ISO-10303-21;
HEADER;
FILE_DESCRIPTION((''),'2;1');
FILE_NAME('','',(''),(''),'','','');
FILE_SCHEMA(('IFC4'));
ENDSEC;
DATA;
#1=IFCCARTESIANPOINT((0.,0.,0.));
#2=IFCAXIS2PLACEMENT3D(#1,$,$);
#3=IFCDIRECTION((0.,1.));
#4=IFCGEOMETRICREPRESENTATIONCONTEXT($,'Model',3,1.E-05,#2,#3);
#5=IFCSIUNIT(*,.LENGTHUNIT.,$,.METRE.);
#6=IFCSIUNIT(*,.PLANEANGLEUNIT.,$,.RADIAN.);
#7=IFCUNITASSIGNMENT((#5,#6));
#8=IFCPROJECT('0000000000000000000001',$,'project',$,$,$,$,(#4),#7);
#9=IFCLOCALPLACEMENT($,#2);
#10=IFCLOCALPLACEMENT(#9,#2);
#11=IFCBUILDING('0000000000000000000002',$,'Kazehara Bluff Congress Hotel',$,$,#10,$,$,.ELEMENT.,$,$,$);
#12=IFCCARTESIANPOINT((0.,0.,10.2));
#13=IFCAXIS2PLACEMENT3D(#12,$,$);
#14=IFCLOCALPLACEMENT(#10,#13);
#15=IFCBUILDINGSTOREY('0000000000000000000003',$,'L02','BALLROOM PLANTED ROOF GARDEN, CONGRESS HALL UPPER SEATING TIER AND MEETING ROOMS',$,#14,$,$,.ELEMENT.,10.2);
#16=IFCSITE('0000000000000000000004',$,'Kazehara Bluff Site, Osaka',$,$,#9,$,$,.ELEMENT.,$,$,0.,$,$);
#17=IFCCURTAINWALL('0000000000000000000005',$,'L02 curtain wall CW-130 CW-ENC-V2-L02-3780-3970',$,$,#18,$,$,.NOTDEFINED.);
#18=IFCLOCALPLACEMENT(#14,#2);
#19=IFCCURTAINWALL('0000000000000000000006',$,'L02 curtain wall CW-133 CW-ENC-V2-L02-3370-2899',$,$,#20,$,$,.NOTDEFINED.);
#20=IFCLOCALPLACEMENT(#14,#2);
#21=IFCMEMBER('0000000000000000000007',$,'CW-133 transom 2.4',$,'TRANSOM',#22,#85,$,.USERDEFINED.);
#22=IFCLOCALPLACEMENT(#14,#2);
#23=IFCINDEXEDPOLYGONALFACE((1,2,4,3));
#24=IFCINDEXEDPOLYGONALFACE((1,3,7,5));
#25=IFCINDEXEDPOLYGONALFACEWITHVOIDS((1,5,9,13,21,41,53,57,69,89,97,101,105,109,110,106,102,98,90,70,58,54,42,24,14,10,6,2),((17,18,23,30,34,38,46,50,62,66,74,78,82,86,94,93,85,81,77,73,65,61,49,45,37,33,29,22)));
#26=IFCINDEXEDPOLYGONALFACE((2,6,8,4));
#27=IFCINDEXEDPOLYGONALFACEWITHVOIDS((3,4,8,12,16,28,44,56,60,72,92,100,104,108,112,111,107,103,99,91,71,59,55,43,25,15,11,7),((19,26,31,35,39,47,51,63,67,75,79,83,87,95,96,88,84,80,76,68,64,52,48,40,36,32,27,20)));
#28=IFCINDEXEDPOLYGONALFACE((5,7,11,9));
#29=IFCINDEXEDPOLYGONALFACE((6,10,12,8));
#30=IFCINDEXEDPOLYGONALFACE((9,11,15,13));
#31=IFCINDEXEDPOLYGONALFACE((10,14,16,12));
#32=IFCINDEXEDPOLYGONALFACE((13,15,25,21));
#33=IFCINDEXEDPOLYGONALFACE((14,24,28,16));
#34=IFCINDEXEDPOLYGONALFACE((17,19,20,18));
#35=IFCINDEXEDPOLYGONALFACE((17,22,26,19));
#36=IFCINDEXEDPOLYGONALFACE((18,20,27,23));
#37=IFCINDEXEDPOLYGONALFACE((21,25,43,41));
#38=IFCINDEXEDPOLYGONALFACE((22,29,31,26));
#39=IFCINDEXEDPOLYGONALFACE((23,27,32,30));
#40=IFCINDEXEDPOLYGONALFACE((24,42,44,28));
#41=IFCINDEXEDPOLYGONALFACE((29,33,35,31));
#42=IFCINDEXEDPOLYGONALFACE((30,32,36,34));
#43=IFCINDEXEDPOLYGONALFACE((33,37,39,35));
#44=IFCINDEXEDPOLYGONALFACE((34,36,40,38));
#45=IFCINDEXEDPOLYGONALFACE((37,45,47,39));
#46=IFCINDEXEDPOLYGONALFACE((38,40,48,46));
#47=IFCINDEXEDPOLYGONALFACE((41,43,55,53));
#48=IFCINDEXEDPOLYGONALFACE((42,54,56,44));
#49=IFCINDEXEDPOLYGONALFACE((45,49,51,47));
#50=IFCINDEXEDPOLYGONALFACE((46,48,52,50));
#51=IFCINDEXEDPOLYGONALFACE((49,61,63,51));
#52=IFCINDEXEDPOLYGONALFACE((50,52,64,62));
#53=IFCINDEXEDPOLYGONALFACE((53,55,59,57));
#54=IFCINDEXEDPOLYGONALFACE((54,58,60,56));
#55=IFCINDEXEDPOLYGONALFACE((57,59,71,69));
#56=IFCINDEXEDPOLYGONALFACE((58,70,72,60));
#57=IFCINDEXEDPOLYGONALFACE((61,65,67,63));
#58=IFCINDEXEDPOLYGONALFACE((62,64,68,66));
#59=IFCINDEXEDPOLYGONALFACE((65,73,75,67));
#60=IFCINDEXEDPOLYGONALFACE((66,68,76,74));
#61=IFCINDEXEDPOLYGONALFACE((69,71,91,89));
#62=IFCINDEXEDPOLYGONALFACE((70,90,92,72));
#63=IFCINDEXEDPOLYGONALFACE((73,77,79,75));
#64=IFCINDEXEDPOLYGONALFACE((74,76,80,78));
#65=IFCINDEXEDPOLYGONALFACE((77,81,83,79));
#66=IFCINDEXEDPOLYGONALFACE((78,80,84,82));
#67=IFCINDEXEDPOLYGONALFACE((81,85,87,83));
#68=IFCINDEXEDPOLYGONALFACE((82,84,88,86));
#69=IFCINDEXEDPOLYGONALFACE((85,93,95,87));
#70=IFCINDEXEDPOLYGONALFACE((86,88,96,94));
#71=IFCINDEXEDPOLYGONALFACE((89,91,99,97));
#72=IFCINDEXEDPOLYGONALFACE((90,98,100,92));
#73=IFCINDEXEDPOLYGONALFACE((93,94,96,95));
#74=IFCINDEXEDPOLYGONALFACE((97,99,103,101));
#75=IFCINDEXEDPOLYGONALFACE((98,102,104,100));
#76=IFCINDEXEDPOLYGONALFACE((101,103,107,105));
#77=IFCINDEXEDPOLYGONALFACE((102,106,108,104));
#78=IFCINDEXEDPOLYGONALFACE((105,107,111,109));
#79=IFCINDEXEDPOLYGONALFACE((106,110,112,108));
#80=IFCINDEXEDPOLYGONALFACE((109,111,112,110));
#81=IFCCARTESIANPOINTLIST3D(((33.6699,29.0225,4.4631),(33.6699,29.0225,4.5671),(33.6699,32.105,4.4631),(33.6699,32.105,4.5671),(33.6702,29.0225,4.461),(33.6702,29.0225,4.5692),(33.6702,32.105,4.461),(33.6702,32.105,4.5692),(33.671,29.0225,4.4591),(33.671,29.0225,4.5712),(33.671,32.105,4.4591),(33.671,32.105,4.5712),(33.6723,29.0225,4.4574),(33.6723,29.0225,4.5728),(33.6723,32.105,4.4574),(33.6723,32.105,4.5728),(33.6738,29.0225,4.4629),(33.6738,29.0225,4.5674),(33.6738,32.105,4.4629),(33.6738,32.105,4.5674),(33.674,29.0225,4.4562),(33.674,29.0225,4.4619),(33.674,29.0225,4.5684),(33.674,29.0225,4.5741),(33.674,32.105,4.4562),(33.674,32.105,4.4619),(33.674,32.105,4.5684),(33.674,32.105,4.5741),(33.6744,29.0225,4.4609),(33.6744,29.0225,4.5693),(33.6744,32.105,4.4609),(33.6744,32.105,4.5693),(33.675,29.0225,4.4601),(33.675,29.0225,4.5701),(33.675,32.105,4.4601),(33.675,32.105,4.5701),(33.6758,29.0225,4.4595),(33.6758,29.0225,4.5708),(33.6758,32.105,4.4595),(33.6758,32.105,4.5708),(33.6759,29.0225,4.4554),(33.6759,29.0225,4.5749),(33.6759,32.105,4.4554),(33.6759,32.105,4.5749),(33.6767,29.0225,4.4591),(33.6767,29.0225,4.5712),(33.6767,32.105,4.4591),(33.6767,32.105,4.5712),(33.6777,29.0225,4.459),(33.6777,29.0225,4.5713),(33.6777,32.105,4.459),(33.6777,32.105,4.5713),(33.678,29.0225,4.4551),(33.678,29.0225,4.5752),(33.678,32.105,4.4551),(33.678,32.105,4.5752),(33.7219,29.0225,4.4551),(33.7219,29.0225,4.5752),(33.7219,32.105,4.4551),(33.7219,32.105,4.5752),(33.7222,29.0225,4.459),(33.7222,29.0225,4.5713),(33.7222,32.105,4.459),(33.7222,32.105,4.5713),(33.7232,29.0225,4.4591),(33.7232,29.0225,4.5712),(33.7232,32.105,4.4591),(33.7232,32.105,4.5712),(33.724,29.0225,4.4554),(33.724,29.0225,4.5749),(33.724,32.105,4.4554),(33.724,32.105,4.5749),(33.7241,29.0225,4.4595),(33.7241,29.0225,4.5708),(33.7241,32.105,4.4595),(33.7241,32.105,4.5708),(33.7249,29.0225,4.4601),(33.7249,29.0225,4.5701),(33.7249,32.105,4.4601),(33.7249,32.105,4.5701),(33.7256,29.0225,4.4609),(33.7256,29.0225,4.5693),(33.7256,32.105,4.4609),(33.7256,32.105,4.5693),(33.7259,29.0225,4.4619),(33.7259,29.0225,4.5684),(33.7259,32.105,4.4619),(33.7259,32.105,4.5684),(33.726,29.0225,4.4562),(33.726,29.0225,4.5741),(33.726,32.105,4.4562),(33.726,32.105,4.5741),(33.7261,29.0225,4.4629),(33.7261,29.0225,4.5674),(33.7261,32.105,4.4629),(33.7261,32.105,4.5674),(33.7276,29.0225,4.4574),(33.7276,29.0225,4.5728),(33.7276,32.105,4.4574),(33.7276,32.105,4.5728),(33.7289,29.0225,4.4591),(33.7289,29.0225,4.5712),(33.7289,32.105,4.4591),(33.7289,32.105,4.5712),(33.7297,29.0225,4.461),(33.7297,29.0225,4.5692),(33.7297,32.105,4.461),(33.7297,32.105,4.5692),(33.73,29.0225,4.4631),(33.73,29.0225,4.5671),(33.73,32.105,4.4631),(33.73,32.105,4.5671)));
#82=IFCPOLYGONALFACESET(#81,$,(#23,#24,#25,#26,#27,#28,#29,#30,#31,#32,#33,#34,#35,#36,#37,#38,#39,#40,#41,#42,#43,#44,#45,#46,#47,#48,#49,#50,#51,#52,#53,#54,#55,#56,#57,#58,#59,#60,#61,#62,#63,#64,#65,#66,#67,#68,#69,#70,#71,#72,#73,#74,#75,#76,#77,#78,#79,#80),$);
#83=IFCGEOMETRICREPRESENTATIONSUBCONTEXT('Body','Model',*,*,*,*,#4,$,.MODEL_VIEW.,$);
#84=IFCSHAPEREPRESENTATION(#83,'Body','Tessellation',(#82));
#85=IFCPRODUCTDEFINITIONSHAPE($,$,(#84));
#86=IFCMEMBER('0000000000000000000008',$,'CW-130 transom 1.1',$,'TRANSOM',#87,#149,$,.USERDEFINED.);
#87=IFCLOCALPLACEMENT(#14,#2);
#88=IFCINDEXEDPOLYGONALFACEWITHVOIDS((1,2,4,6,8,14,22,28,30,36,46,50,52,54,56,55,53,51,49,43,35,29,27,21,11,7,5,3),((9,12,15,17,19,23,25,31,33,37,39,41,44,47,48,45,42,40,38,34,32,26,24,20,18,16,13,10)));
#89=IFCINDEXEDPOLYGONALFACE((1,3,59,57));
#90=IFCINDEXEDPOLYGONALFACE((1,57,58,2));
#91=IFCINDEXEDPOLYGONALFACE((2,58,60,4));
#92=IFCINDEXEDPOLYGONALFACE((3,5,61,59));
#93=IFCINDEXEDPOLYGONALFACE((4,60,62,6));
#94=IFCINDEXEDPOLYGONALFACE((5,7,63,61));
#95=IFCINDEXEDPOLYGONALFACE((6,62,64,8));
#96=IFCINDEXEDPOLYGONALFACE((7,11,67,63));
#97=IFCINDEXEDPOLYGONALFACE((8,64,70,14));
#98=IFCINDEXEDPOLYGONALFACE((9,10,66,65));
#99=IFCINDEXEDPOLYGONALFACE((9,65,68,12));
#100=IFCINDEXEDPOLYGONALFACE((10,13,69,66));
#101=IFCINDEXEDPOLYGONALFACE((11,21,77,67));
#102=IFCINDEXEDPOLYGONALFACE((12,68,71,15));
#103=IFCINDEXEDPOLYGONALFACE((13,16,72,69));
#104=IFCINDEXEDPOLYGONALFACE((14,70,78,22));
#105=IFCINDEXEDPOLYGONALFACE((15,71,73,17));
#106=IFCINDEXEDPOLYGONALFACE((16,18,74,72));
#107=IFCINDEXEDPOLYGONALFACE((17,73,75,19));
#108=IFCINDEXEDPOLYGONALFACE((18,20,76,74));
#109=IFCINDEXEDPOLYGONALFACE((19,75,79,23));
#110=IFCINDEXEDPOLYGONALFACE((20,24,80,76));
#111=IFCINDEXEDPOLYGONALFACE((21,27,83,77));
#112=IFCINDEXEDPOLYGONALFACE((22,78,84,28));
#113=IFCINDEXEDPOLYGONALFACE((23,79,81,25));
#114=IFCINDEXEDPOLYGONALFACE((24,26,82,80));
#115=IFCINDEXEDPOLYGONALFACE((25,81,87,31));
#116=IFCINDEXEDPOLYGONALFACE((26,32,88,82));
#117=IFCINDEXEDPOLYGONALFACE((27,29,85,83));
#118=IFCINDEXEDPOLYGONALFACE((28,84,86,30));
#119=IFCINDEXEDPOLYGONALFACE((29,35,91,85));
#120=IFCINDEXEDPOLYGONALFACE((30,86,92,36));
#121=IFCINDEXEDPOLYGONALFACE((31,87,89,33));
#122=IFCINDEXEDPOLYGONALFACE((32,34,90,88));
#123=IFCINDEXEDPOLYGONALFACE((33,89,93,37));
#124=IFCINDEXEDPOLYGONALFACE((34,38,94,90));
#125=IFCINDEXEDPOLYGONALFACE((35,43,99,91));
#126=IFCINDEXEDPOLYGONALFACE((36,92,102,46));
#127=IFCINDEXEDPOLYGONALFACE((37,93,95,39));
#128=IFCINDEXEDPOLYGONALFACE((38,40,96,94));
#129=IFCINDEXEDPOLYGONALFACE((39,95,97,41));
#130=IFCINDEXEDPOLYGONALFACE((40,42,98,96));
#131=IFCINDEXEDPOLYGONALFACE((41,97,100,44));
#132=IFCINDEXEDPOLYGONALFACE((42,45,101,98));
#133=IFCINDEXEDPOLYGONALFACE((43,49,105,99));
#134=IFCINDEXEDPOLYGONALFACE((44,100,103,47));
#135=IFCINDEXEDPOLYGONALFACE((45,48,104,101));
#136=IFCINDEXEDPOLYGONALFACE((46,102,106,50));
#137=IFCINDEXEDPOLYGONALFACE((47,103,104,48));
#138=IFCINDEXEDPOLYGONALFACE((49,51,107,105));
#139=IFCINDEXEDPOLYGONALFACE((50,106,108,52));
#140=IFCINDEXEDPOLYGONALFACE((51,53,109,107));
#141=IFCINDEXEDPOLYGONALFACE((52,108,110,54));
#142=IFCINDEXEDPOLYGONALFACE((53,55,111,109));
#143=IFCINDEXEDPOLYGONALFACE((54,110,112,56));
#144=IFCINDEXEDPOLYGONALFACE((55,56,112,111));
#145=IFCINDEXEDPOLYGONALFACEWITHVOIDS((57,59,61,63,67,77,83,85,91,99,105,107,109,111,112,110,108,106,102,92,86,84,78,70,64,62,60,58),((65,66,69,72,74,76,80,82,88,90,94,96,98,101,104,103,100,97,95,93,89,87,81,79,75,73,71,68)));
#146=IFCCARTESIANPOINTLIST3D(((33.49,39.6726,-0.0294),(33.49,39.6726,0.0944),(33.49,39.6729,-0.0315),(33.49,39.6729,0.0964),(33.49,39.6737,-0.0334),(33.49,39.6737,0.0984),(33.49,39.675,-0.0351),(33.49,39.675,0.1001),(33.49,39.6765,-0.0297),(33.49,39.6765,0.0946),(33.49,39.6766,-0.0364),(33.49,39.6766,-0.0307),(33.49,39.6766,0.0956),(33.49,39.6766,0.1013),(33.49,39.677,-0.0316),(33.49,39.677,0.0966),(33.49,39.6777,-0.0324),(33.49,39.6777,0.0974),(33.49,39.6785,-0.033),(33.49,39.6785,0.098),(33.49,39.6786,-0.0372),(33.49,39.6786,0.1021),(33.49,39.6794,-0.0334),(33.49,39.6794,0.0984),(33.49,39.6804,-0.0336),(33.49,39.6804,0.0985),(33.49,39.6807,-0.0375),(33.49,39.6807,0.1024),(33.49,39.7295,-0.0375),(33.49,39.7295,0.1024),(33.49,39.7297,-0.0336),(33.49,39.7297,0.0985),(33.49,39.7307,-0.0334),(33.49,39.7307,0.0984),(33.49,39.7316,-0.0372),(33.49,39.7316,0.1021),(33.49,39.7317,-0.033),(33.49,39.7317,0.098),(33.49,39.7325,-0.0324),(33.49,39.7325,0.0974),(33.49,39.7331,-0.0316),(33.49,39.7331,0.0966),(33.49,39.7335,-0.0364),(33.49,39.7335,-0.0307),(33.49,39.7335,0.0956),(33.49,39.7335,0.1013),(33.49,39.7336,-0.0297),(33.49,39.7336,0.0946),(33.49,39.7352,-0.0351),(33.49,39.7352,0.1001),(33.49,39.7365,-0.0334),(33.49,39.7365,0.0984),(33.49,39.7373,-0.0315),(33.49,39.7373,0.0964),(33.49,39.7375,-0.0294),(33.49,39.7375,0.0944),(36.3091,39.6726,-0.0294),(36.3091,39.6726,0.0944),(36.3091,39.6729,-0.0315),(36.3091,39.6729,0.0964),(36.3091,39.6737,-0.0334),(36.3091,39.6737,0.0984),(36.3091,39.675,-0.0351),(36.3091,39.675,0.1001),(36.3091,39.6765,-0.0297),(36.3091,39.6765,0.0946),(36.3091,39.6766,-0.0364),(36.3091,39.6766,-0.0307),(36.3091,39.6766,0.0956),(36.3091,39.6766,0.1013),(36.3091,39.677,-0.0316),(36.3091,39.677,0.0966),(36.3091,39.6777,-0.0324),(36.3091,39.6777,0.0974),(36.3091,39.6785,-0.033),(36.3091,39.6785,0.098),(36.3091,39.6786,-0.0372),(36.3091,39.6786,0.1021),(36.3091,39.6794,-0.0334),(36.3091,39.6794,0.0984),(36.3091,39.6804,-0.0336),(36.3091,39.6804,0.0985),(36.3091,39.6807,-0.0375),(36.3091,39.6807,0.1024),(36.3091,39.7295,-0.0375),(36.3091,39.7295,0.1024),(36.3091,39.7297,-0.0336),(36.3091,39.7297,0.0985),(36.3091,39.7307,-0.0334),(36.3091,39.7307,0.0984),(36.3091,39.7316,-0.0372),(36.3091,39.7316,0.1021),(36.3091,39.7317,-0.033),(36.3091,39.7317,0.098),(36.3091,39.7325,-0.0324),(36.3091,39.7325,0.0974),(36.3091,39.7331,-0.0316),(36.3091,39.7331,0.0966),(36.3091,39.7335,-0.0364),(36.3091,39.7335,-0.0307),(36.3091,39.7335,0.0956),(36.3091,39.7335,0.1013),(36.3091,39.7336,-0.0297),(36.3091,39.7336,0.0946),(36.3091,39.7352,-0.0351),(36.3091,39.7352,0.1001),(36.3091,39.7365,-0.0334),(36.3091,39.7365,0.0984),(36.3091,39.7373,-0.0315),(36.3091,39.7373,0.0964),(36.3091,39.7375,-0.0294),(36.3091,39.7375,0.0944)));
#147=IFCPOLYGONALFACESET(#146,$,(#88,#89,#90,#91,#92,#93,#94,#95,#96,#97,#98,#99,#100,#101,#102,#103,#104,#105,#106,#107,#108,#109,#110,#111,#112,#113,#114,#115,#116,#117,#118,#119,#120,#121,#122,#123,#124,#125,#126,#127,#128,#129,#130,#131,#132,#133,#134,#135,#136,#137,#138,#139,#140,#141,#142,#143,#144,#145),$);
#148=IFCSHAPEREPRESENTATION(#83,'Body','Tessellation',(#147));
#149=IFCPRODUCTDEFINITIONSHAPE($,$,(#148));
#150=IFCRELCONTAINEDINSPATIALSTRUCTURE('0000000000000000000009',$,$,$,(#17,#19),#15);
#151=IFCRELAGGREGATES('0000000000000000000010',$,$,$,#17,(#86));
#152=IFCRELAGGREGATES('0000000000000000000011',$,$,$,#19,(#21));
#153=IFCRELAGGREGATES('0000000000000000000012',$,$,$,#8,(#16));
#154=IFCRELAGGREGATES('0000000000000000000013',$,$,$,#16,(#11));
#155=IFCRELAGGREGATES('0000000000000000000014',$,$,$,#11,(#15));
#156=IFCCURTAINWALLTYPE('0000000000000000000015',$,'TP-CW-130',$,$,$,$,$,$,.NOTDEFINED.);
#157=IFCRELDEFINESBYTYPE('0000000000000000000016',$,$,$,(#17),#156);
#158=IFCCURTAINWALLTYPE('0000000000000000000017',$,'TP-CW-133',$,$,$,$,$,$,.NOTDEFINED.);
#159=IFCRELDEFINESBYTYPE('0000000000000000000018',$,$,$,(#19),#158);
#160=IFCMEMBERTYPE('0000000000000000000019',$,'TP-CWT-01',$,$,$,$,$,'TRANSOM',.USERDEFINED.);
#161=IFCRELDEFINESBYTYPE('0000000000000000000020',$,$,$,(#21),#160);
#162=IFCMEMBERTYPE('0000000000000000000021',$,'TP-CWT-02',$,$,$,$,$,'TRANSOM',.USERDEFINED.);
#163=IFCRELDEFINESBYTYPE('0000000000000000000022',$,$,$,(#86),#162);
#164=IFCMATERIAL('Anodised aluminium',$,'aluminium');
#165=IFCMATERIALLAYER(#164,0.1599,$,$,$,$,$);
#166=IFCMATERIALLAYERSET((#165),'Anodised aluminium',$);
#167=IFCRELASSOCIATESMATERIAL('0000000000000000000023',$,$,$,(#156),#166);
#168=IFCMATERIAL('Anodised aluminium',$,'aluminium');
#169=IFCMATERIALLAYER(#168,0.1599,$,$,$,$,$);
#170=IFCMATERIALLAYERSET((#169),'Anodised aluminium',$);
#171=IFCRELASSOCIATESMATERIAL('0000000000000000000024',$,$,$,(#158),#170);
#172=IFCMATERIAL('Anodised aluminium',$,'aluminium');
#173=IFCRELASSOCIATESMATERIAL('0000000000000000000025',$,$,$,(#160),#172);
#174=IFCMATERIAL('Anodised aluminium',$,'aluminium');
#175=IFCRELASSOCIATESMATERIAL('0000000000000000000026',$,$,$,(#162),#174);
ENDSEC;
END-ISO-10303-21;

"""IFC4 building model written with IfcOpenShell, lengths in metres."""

from ifc_helpers import new_model, si_unit, direction, frame, origin, origin_2d, place, context, subcontext, project, spatial, hollow_rectangle, extrude, material, layer, layer_set, material_profile, profile_set, type_object, element, aggregate, save


model = new_model("IFC4")

# Units and contexts
model_context = context("Model", 3, precision=1e-05, world=origin(), true_north=direction((0.0, 1.0)))
body_context = subcontext(model_context, "Body", "Model", "MODEL_VIEW")
ifc_project = project(units=[si_unit("LENGTHUNIT", "METRE"), si_unit("PLANEANGLEUNIT", "RADIAN")], contexts=[model_context])

# Site, building, storey
site_placement = place(None, origin())
site = spatial("IfcSite", under=ifc_project, at=site_placement, Name="Kazehara Bluff Site, Osaka", CompositionType="ELEMENT", RefElevation=0.0)
building_placement = place(site_placement, origin())
building = spatial("IfcBuilding", under=site, at=building_placement, Name="Kazehara Bluff Congress Hotel", CompositionType="ELEMENT")
storey_placement = place(building_placement, frame((0.0, 0.0, 10.2)))
storey = spatial("IfcBuildingStorey", under=building, at=storey_placement, Name="L02", Description="BALLROOM PLANTED ROOF GARDEN, CONGRESS HALL UPPER SEATING TIER AND MEETING ROOMS", CompositionType="ELEMENT", Elevation=10.2)

# Curtain wall
ifc_material_1 = material(Name="Anodised aluminium", Category="aluminium")
ifc_layer_1 = layer(ifc_material_1, 0.1599)
ifc_layer_set_1 = layer_set([ifc_layer_1], Name="Anodised aluminium")
curtain_wall_type_1 = type_object("IfcCurtainWallType", Name="TP-CW-130", PredefinedType="NOTDEFINED", material=ifc_layer_set_1)
curtain_wall_1_placement = place(storey_placement, origin())
curtain_wall_1 = element("IfcCurtainWall", 1, at=curtain_wall_1_placement, inside=storey, type_object=curtain_wall_type_1, Name="L02 curtain wall CW-130 CW-ENC-V2-L02-3780-3970", PredefinedType="NOTDEFINED")

# Curtain wall, member
ifc_material_2 = material(Name="Anodised aluminium", Category="aluminium")
ifc_layer_2 = layer(ifc_material_2, 0.1599)
ifc_layer_set_2 = layer_set([ifc_layer_2], Name="Anodised aluminium")
curtain_wall_type_2 = type_object("IfcCurtainWallType", Name="TP-CW-133", PredefinedType="NOTDEFINED", material=ifc_layer_set_2)
curtain_wall_2_placement = place(storey_placement, origin())
curtain_wall_2 = element("IfcCurtainWall", 2, at=curtain_wall_2_placement, inside=storey, type_object=curtain_wall_type_2, Name="L02 curtain wall CW-133 CW-ENC-V2-L02-3370-2899", PredefinedType="NOTDEFINED")
ifc_material_3 = material(Name="Anodised aluminium", Category="aluminium")
ifc_material_profile_1 = material_profile(ifc_material_3, hollow_rectangle(XDim=0.0601, YDim=0.1201, WallThickness=0.0039, InnerFilletRadius=0.0039, OuterFilletRadius=0.0081, at=origin_2d()))
ifc_profile_set_1 = profile_set([ifc_material_profile_1], Name="Anodised aluminium")
member_type_1 = type_object("IfcMemberType", Name="TP-CWT-01", ElementType="TRANSOM", PredefinedType="USERDEFINED", material=ifc_profile_set_1)
member_1_placement = place(storey_placement, frame((33.7, 29.0225, 4.5151), z_axis=(0.0, 1.0, 0.0), x_axis=(-1.0, 0.0, 0.0)))
member_1 = element("IfcMember", 3, at=member_1_placement, type_object=member_type_1, Name="CW-133 transom 2.4", ObjectType="TRANSOM", PredefinedType="USERDEFINED", context=body_context, shape_type="SweptSolid", body=[
    extrude(hollow_rectangle(XDim=0.0601, YDim=0.1201, WallThickness=0.0039, InnerFilletRadius=0.0039, OuterFilletRadius=0.0081, at=origin_2d()), origin(), (0.0, 0.0, 1.0), 3.0825),
])

# Member
ifc_material_4 = material(Name="Anodised aluminium", Category="aluminium")
ifc_material_profile_2 = material_profile(ifc_material_4, hollow_rectangle(XDim=0.0649, YDim=0.1399, WallThickness=0.0039, InnerFilletRadius=0.0039, OuterFilletRadius=0.0081, at=origin_2d()))
ifc_profile_set_2 = profile_set([ifc_material_profile_2], Name="Anodised aluminium")
member_type_2 = type_object("IfcMemberType", Name="TP-CWT-02", ElementType="TRANSOM", PredefinedType="USERDEFINED", material=ifc_profile_set_2)
member_2_placement = place(storey_placement, frame((33.49, 39.7051, 0.0325), z_axis=(1.0, 0.0, 0.0), x_axis=(0.0, 1.0, 0.0)))
member_2 = element("IfcMember", 4, at=member_2_placement, type_object=member_type_2, Name="CW-130 transom 1.1", ObjectType="TRANSOM", PredefinedType="USERDEFINED", context=body_context, shape_type="SweptSolid", body=[
    extrude(hollow_rectangle(XDim=0.0649, YDim=0.1399, WallThickness=0.0039, InnerFilletRadius=0.0039, OuterFilletRadius=0.0081, at=origin_2d()), origin(), (0.0, 0.0, 1.0), 2.8191),
])
aggregate(curtain_wall_1, [member_2])

aggregate(curtain_wall_2, [member_1])

save(model, "model.ifc")
